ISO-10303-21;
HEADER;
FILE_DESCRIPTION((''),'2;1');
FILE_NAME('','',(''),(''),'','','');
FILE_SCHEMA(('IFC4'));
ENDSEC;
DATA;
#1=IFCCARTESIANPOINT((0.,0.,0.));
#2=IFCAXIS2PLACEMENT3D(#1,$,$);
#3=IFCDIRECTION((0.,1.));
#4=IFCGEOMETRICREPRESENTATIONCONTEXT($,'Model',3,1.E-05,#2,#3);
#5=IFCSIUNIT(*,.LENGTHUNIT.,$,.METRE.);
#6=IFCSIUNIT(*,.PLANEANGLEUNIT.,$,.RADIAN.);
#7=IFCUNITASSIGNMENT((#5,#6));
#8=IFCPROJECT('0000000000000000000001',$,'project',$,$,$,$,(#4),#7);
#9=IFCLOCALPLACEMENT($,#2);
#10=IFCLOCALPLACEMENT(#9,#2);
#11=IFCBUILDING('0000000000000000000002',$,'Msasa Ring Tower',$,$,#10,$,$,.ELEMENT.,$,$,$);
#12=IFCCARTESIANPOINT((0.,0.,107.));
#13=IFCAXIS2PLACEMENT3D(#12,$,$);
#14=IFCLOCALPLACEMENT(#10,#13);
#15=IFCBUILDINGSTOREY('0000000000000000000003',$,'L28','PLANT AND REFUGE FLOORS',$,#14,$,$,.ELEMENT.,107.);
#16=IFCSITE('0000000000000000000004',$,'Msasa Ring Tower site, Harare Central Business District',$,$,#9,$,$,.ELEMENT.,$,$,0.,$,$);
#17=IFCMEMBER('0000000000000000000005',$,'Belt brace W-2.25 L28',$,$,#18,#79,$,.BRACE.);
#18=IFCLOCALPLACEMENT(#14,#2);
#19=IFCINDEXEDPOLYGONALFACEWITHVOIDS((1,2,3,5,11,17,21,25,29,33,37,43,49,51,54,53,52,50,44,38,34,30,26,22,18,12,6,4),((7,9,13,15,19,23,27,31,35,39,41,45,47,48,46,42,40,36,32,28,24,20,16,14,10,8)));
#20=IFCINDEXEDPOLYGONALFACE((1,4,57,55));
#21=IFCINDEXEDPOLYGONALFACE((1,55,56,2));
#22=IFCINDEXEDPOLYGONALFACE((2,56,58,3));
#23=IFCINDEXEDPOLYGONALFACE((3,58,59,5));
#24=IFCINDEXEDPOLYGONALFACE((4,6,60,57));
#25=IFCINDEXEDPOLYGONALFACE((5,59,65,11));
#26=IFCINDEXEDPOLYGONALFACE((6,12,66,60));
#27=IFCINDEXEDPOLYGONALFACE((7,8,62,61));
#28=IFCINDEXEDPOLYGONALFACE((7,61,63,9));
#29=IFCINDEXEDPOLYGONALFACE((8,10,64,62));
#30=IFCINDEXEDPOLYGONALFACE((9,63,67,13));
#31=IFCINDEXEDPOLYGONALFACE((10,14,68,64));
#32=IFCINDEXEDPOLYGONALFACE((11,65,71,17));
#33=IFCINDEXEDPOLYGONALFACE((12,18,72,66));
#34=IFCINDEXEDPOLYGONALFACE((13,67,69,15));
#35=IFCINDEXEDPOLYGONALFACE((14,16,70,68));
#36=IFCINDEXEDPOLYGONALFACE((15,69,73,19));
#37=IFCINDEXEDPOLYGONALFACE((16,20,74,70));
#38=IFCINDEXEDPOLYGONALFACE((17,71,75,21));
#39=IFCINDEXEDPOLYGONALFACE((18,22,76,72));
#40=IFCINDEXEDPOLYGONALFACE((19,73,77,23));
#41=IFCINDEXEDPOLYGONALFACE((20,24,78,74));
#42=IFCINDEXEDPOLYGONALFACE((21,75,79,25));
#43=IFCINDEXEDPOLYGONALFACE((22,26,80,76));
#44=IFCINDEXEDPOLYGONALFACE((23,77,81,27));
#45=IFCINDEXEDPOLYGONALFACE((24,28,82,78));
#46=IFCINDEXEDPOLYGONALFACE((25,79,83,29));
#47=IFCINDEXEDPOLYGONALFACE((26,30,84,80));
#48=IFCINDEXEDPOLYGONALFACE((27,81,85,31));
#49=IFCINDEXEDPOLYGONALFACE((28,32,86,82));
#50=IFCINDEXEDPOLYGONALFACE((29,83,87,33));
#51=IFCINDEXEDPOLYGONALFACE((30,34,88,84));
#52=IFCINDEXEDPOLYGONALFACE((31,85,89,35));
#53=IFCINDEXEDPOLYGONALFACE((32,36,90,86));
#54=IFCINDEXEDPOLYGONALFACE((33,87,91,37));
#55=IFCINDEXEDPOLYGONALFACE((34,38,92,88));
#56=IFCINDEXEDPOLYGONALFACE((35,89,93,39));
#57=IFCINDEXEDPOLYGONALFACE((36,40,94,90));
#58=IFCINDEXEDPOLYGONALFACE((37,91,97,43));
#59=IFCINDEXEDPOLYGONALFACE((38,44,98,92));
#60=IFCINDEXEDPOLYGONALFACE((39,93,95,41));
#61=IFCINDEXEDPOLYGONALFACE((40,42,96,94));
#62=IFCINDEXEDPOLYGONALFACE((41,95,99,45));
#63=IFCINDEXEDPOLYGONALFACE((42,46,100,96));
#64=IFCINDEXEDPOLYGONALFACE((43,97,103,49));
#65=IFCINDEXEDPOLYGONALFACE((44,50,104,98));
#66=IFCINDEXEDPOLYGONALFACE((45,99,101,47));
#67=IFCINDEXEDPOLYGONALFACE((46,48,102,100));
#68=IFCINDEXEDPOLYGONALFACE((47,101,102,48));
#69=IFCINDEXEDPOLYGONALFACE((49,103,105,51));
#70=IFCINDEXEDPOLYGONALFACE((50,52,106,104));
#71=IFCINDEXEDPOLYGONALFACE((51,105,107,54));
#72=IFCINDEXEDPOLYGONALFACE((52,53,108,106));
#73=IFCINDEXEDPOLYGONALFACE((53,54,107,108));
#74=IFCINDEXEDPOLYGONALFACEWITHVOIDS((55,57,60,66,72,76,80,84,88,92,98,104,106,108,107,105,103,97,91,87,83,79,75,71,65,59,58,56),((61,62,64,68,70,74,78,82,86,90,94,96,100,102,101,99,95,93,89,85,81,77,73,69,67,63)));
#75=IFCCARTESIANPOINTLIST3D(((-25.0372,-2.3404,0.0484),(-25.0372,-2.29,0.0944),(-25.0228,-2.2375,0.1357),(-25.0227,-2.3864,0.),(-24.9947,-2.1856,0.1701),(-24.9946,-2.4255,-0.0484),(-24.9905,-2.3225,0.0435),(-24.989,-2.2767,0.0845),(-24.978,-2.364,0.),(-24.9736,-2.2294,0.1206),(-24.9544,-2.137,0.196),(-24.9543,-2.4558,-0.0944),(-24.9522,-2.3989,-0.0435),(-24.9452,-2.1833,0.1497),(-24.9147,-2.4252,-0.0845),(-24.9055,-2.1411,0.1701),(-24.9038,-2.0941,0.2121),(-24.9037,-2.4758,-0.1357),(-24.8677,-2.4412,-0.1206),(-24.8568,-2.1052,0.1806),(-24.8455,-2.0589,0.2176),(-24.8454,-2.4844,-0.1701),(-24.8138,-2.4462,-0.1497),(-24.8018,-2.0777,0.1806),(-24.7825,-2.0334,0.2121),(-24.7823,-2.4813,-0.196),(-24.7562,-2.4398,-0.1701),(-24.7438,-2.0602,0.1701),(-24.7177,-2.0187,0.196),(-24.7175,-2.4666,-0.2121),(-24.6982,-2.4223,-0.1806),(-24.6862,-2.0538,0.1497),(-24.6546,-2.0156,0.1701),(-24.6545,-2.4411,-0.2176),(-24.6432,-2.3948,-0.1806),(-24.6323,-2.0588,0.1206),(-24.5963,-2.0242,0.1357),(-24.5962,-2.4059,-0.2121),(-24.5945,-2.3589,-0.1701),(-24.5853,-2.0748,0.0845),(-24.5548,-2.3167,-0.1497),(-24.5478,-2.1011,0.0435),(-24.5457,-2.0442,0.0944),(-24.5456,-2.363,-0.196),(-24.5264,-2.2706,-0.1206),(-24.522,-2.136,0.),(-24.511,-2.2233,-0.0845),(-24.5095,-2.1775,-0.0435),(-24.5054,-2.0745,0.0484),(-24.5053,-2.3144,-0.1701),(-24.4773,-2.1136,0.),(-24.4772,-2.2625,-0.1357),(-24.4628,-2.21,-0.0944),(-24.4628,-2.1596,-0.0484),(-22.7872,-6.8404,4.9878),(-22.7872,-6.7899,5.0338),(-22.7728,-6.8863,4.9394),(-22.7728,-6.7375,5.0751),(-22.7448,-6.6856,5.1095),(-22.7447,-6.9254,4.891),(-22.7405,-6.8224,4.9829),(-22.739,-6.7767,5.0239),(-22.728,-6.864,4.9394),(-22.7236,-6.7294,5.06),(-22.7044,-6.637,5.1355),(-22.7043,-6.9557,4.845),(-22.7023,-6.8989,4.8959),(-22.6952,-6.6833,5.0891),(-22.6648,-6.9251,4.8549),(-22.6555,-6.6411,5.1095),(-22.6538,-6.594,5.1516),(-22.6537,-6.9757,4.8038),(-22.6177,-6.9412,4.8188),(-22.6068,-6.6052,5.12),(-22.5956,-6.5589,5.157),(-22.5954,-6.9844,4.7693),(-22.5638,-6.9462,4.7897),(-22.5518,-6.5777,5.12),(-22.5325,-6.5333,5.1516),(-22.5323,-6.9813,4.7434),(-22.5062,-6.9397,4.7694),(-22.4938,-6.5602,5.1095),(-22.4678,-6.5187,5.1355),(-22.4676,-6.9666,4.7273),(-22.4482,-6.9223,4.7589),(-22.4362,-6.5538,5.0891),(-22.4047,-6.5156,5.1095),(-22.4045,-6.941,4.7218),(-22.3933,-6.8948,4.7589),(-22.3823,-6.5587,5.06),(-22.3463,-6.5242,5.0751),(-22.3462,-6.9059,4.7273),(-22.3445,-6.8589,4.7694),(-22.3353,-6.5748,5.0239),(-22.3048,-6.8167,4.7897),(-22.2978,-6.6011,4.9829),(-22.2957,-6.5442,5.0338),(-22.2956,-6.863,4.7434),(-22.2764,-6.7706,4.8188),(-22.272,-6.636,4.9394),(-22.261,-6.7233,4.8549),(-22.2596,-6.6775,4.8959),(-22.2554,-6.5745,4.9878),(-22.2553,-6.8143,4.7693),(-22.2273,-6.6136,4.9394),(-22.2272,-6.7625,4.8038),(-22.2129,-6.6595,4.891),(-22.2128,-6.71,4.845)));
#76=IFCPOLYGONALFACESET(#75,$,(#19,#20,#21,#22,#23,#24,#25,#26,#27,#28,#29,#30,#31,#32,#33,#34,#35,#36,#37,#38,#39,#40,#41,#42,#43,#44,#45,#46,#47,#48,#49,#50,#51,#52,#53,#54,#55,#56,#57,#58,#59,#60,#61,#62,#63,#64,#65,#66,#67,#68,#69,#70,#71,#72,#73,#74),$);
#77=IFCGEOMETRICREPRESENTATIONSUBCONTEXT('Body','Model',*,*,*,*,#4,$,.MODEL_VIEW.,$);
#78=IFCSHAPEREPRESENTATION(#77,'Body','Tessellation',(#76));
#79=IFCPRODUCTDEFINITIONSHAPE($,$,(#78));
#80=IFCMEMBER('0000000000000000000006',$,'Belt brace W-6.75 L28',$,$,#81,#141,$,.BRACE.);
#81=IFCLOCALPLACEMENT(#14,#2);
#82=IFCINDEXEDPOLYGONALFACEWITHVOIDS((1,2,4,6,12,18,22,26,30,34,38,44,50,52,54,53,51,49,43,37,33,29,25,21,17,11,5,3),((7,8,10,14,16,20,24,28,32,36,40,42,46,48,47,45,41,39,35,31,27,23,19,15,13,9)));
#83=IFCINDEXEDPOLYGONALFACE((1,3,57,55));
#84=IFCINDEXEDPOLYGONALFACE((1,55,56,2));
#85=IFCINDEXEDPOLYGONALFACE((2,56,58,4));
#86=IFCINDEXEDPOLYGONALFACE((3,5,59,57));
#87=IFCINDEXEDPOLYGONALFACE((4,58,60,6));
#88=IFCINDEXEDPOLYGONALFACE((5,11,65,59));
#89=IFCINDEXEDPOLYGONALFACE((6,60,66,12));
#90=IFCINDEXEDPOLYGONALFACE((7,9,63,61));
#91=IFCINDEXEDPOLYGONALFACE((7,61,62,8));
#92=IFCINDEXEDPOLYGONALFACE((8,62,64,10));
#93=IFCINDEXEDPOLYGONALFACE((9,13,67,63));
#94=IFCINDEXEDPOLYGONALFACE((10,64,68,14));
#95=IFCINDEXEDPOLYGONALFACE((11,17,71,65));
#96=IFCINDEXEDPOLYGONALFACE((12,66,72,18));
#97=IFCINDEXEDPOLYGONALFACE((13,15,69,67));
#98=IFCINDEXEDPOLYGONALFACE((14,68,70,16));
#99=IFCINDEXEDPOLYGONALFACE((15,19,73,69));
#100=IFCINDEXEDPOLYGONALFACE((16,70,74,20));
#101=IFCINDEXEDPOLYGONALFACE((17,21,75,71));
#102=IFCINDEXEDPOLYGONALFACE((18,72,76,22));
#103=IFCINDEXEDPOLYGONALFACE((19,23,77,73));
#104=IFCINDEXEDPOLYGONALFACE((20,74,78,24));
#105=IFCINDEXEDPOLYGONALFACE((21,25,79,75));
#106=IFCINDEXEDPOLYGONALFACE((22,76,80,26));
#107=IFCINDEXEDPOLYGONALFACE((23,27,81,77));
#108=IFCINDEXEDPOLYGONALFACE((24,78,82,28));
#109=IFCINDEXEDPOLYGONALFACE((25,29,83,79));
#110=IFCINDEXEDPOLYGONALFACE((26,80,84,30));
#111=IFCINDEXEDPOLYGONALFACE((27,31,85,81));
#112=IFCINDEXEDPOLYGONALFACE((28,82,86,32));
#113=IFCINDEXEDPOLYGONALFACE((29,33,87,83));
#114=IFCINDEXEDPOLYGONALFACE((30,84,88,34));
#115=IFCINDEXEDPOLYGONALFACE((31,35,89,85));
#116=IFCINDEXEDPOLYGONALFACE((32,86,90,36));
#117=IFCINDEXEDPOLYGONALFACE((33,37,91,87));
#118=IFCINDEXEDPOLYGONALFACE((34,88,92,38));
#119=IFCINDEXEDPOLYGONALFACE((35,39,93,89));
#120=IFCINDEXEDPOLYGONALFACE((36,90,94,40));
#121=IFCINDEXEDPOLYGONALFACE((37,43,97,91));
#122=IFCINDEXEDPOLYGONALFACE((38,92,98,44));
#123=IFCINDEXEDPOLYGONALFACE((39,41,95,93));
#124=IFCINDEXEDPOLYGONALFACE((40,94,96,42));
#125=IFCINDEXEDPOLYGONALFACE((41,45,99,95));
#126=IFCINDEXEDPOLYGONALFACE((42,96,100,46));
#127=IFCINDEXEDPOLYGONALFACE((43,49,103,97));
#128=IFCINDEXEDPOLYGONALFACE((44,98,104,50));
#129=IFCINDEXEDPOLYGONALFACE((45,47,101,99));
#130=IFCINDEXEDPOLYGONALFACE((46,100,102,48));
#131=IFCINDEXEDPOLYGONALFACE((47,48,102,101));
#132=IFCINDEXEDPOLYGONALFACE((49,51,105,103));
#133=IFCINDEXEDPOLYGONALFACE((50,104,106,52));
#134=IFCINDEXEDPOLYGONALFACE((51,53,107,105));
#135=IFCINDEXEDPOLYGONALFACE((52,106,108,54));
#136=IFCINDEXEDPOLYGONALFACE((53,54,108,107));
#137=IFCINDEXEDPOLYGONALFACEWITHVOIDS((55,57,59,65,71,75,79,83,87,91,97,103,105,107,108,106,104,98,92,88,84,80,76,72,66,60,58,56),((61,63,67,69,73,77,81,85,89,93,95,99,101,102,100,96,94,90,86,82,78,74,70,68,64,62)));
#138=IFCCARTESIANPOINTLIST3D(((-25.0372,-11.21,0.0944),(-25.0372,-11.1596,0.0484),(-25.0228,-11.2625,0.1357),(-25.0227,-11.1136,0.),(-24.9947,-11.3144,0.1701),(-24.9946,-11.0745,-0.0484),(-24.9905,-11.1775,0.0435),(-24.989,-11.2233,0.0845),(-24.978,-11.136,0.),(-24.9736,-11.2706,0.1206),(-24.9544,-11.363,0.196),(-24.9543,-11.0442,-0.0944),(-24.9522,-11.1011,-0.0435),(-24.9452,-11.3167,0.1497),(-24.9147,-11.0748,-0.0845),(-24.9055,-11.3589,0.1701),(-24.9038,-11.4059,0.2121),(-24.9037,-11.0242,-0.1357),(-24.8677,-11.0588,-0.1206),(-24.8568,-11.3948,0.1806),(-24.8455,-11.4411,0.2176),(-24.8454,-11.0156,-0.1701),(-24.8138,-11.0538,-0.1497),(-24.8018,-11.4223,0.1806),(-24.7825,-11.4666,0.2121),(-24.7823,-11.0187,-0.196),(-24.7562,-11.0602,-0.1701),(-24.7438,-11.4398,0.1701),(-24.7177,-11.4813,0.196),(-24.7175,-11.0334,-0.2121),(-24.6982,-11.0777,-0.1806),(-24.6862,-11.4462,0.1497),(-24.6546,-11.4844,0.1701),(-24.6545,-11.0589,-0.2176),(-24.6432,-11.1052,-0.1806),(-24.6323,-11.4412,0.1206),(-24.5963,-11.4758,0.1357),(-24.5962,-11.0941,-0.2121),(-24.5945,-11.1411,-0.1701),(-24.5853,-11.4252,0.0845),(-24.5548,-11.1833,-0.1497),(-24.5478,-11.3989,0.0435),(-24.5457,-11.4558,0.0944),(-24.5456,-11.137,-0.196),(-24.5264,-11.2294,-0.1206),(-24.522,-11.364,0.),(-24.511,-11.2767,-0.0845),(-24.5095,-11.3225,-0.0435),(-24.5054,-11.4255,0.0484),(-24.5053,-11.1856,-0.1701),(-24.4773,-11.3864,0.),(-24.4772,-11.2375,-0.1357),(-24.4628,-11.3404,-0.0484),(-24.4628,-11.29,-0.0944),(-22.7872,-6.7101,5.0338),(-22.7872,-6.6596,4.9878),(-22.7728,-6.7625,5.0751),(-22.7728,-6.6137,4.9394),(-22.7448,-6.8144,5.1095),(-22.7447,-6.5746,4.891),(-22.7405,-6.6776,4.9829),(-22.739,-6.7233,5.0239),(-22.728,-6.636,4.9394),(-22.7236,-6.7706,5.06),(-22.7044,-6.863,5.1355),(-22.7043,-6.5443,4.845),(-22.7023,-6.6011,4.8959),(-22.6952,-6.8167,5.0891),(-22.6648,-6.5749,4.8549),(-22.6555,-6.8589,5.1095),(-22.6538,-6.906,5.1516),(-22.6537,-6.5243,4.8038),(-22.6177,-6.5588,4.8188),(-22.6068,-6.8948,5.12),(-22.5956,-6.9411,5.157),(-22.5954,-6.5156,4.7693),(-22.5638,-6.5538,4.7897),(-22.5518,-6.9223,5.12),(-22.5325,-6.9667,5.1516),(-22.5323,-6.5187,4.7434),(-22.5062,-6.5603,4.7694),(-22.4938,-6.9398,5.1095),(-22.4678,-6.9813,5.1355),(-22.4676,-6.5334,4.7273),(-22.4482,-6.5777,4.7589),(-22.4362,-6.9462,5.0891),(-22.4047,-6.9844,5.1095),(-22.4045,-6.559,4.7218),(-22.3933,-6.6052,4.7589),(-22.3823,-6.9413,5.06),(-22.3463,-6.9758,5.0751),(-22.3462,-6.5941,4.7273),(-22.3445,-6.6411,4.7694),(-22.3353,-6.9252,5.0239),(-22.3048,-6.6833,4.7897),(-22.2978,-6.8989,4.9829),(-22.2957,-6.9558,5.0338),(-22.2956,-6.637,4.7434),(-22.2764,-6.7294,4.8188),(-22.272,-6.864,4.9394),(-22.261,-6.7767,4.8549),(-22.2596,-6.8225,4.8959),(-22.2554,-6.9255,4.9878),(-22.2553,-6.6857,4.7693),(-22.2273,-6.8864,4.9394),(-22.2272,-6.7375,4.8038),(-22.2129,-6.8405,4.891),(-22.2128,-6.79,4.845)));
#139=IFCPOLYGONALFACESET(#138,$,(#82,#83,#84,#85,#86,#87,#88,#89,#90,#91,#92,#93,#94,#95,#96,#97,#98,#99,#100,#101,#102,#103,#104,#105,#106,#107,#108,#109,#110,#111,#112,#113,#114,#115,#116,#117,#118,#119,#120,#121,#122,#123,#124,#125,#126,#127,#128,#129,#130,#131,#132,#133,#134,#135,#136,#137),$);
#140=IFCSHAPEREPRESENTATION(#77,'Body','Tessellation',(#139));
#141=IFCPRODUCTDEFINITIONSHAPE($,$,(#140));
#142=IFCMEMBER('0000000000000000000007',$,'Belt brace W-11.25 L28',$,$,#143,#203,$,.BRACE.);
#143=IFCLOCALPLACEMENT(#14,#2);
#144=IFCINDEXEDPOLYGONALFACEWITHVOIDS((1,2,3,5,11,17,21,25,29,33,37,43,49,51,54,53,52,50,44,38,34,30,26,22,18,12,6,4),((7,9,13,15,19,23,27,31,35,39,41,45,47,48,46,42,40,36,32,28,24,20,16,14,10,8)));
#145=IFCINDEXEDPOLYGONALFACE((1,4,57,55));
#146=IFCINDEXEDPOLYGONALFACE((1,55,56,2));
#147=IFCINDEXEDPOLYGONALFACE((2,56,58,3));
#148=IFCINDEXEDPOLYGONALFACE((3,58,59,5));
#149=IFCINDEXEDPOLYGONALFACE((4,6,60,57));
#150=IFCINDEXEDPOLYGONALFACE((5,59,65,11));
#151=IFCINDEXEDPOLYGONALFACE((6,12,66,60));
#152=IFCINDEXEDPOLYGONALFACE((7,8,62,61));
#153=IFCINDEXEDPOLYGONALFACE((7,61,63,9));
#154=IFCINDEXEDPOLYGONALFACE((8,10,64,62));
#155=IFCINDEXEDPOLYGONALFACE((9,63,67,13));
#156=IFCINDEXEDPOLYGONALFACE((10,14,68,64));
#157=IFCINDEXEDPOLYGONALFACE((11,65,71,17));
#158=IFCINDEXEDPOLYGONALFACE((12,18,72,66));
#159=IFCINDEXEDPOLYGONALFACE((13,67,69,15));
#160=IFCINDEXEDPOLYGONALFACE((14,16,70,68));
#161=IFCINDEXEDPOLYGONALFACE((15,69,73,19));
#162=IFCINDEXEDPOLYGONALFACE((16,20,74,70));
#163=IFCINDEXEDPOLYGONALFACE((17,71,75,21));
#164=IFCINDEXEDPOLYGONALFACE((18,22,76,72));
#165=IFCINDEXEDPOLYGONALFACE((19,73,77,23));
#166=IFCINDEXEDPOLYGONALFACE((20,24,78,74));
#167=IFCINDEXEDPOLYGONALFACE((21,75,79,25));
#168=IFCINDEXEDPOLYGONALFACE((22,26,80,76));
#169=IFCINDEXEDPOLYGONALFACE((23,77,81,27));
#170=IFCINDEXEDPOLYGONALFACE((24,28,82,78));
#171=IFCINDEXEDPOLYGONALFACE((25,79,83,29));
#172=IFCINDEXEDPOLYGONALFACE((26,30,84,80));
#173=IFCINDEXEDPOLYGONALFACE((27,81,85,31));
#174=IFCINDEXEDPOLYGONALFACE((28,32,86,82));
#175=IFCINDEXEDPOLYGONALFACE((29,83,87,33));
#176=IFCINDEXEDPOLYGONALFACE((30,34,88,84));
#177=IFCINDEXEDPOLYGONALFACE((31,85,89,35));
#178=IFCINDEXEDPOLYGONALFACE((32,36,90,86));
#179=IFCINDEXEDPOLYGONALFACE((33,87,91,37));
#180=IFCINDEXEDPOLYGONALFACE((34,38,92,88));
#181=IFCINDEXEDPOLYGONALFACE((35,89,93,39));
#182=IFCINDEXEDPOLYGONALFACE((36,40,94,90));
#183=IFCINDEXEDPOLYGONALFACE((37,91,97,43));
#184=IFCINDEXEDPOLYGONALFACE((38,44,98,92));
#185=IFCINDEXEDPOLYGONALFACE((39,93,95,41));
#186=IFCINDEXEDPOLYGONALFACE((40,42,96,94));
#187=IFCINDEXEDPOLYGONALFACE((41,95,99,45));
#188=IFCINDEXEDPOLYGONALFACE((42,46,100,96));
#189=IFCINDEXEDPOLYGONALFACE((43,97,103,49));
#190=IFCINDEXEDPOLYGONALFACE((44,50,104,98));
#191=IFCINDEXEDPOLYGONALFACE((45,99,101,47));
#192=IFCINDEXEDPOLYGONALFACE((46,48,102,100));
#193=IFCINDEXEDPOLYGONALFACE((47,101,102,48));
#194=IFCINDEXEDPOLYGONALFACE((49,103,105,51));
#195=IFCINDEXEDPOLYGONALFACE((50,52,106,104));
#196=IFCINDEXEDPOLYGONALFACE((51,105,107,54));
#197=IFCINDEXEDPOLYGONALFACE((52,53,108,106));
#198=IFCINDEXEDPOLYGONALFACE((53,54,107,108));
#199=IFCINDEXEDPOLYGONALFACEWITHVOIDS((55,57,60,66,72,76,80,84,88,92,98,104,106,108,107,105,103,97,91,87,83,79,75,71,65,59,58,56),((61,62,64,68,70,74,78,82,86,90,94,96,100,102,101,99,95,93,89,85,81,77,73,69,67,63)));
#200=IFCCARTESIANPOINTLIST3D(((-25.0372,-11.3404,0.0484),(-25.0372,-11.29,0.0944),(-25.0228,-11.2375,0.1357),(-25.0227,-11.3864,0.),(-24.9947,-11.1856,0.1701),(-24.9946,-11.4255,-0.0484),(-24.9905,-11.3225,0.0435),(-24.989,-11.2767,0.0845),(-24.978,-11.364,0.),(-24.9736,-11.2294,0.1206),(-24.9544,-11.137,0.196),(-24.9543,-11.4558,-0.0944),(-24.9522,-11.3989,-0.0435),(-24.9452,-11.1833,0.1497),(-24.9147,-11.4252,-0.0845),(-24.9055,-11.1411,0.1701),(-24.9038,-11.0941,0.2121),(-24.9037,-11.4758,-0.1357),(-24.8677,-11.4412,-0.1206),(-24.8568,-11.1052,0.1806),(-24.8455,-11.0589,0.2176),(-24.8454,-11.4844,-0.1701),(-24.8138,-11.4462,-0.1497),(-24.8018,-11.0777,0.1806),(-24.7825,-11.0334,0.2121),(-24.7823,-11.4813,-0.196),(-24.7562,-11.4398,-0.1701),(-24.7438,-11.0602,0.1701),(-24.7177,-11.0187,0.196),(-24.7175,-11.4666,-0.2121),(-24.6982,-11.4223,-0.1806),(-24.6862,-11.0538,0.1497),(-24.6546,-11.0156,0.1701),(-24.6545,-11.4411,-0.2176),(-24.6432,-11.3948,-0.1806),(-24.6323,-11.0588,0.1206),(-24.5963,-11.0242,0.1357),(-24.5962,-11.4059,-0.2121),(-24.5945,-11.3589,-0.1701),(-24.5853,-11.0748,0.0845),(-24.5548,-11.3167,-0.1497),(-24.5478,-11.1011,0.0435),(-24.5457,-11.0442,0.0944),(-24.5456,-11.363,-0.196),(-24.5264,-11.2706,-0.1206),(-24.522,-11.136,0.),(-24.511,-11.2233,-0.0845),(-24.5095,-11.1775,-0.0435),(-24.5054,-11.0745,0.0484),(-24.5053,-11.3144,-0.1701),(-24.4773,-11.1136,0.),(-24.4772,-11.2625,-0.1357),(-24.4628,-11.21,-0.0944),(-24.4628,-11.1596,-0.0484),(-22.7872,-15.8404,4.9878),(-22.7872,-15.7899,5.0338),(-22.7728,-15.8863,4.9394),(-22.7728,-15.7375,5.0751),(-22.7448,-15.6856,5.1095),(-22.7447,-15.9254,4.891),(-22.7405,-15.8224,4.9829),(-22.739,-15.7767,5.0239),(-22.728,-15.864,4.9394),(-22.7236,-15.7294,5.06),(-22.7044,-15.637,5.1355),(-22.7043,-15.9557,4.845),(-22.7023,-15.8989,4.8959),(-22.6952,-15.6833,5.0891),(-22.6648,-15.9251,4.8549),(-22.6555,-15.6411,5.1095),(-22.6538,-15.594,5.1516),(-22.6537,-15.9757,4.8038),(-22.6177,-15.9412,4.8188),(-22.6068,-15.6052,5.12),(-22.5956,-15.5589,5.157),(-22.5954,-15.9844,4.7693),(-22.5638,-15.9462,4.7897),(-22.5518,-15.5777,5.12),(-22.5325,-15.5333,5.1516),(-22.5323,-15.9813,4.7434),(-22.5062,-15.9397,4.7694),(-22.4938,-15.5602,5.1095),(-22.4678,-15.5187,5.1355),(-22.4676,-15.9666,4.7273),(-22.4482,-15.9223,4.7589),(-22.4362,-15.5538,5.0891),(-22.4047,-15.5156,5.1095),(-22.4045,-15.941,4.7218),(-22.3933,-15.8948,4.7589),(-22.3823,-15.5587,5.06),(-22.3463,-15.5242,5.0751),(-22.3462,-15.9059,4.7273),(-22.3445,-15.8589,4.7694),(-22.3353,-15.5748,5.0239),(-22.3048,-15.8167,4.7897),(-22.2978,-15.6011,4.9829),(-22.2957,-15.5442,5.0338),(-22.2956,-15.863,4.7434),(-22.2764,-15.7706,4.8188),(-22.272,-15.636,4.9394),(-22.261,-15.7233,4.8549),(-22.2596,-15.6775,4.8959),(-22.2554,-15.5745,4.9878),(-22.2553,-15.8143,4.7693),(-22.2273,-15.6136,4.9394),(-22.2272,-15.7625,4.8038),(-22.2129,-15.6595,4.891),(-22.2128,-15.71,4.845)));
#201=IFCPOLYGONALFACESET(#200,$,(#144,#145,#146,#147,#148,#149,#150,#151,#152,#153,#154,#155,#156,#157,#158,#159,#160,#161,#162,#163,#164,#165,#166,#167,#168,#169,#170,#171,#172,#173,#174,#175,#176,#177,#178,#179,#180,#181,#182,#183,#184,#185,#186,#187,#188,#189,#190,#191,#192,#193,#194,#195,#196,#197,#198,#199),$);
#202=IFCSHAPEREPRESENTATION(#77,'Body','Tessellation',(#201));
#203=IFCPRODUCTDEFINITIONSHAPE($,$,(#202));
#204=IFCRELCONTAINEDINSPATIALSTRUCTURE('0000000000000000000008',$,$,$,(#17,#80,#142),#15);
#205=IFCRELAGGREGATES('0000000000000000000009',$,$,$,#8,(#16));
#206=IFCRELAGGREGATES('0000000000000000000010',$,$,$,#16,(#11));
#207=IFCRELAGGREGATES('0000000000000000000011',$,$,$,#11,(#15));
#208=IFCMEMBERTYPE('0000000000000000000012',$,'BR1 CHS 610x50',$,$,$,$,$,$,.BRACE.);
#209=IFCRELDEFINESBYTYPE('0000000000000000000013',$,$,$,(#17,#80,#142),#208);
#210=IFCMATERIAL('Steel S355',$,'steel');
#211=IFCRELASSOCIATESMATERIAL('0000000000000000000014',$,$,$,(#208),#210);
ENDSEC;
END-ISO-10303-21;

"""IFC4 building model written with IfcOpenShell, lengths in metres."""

from ifc_helpers import new_model, si_unit, direction, frame, origin, origin_2d, place, context, subcontext, project, spatial, hollow_circle, extrude, material, material_profile, profile_set, type_object, element, save


model = new_model("IFC4")

# Units and contexts
model_context = context("Model", 3, precision=1e-05, world=origin(), true_north=direction((0.0, 1.0)))
body_context = subcontext(model_context, "Body", "Model", "MODEL_VIEW")
ifc_project = project(units=[si_unit("LENGTHUNIT", "METRE"), si_unit("PLANEANGLEUNIT", "RADIAN")], contexts=[model_context])

# Site, building, storey
site_placement = place(None, origin())
site = spatial("IfcSite", under=ifc_project, at=site_placement, Name="Msasa Ring Tower site, Harare Central Business District", CompositionType="ELEMENT", RefElevation=0.0)
building_placement = place(site_placement, origin())
building = spatial("IfcBuilding", under=site, at=building_placement, Name="Msasa Ring Tower", CompositionType="ELEMENT")
storey_placement = place(building_placement, frame((0.0, 0.0, 107.0)))
storey = spatial("IfcBuildingStorey", under=building, at=storey_placement, Name="L28", Description="PLANT AND REFUGE FLOORS", CompositionType="ELEMENT", Elevation=107.0)

# Members
ifc_material_1 = material(Name="Steel S355", Category="steel")
ifc_material_profile_1 = material_profile(ifc_material_1, hollow_circle(Radius=0.3049, WallThickness=0.05, at=origin_2d()), Name="CHS 610x50")
ifc_profile_set_1 = profile_set([ifc_material_profile_1], Name="Steel S355")
member_type = type_object("IfcMemberType", Name="BR1 CHS 610x50", PredefinedType="BRACE", material=ifc_profile_set_1)
for number, where, z_axis, x_axis, name in (
    (1, (-24.75, -2.25, 0.0), (0.319123, -0.638245, 0.700574), (0.894427, 0.447214, 0.0), "Belt brace W-2.25 L28"),
    (2, (-24.75, -11.25, 0.0), (0.319123, 0.638245, 0.700574), (-0.894427, 0.447214, 0.0), "Belt brace W-6.75 L28"),
    (3, (-24.75, -11.25, 0.0), (0.319123, -0.638245, 0.700574), (0.894427, 0.447214, 0.0), "Belt brace W-11.25 L28"),
):
    element("IfcMember", number, at=place(storey_placement, frame(where, z_axis=z_axis, x_axis=x_axis)), inside=storey, type_object=member_type, Name=name, PredefinedType="BRACE", context=body_context, shape_type="SweptSolid", body=[
        extrude(hollow_circle(Radius=0.3049, WallThickness=0.05, at=origin_2d()), origin(), (0.0, 0.0, 1.0), 7.0505),
    ])

save(model, "model.ifc")
